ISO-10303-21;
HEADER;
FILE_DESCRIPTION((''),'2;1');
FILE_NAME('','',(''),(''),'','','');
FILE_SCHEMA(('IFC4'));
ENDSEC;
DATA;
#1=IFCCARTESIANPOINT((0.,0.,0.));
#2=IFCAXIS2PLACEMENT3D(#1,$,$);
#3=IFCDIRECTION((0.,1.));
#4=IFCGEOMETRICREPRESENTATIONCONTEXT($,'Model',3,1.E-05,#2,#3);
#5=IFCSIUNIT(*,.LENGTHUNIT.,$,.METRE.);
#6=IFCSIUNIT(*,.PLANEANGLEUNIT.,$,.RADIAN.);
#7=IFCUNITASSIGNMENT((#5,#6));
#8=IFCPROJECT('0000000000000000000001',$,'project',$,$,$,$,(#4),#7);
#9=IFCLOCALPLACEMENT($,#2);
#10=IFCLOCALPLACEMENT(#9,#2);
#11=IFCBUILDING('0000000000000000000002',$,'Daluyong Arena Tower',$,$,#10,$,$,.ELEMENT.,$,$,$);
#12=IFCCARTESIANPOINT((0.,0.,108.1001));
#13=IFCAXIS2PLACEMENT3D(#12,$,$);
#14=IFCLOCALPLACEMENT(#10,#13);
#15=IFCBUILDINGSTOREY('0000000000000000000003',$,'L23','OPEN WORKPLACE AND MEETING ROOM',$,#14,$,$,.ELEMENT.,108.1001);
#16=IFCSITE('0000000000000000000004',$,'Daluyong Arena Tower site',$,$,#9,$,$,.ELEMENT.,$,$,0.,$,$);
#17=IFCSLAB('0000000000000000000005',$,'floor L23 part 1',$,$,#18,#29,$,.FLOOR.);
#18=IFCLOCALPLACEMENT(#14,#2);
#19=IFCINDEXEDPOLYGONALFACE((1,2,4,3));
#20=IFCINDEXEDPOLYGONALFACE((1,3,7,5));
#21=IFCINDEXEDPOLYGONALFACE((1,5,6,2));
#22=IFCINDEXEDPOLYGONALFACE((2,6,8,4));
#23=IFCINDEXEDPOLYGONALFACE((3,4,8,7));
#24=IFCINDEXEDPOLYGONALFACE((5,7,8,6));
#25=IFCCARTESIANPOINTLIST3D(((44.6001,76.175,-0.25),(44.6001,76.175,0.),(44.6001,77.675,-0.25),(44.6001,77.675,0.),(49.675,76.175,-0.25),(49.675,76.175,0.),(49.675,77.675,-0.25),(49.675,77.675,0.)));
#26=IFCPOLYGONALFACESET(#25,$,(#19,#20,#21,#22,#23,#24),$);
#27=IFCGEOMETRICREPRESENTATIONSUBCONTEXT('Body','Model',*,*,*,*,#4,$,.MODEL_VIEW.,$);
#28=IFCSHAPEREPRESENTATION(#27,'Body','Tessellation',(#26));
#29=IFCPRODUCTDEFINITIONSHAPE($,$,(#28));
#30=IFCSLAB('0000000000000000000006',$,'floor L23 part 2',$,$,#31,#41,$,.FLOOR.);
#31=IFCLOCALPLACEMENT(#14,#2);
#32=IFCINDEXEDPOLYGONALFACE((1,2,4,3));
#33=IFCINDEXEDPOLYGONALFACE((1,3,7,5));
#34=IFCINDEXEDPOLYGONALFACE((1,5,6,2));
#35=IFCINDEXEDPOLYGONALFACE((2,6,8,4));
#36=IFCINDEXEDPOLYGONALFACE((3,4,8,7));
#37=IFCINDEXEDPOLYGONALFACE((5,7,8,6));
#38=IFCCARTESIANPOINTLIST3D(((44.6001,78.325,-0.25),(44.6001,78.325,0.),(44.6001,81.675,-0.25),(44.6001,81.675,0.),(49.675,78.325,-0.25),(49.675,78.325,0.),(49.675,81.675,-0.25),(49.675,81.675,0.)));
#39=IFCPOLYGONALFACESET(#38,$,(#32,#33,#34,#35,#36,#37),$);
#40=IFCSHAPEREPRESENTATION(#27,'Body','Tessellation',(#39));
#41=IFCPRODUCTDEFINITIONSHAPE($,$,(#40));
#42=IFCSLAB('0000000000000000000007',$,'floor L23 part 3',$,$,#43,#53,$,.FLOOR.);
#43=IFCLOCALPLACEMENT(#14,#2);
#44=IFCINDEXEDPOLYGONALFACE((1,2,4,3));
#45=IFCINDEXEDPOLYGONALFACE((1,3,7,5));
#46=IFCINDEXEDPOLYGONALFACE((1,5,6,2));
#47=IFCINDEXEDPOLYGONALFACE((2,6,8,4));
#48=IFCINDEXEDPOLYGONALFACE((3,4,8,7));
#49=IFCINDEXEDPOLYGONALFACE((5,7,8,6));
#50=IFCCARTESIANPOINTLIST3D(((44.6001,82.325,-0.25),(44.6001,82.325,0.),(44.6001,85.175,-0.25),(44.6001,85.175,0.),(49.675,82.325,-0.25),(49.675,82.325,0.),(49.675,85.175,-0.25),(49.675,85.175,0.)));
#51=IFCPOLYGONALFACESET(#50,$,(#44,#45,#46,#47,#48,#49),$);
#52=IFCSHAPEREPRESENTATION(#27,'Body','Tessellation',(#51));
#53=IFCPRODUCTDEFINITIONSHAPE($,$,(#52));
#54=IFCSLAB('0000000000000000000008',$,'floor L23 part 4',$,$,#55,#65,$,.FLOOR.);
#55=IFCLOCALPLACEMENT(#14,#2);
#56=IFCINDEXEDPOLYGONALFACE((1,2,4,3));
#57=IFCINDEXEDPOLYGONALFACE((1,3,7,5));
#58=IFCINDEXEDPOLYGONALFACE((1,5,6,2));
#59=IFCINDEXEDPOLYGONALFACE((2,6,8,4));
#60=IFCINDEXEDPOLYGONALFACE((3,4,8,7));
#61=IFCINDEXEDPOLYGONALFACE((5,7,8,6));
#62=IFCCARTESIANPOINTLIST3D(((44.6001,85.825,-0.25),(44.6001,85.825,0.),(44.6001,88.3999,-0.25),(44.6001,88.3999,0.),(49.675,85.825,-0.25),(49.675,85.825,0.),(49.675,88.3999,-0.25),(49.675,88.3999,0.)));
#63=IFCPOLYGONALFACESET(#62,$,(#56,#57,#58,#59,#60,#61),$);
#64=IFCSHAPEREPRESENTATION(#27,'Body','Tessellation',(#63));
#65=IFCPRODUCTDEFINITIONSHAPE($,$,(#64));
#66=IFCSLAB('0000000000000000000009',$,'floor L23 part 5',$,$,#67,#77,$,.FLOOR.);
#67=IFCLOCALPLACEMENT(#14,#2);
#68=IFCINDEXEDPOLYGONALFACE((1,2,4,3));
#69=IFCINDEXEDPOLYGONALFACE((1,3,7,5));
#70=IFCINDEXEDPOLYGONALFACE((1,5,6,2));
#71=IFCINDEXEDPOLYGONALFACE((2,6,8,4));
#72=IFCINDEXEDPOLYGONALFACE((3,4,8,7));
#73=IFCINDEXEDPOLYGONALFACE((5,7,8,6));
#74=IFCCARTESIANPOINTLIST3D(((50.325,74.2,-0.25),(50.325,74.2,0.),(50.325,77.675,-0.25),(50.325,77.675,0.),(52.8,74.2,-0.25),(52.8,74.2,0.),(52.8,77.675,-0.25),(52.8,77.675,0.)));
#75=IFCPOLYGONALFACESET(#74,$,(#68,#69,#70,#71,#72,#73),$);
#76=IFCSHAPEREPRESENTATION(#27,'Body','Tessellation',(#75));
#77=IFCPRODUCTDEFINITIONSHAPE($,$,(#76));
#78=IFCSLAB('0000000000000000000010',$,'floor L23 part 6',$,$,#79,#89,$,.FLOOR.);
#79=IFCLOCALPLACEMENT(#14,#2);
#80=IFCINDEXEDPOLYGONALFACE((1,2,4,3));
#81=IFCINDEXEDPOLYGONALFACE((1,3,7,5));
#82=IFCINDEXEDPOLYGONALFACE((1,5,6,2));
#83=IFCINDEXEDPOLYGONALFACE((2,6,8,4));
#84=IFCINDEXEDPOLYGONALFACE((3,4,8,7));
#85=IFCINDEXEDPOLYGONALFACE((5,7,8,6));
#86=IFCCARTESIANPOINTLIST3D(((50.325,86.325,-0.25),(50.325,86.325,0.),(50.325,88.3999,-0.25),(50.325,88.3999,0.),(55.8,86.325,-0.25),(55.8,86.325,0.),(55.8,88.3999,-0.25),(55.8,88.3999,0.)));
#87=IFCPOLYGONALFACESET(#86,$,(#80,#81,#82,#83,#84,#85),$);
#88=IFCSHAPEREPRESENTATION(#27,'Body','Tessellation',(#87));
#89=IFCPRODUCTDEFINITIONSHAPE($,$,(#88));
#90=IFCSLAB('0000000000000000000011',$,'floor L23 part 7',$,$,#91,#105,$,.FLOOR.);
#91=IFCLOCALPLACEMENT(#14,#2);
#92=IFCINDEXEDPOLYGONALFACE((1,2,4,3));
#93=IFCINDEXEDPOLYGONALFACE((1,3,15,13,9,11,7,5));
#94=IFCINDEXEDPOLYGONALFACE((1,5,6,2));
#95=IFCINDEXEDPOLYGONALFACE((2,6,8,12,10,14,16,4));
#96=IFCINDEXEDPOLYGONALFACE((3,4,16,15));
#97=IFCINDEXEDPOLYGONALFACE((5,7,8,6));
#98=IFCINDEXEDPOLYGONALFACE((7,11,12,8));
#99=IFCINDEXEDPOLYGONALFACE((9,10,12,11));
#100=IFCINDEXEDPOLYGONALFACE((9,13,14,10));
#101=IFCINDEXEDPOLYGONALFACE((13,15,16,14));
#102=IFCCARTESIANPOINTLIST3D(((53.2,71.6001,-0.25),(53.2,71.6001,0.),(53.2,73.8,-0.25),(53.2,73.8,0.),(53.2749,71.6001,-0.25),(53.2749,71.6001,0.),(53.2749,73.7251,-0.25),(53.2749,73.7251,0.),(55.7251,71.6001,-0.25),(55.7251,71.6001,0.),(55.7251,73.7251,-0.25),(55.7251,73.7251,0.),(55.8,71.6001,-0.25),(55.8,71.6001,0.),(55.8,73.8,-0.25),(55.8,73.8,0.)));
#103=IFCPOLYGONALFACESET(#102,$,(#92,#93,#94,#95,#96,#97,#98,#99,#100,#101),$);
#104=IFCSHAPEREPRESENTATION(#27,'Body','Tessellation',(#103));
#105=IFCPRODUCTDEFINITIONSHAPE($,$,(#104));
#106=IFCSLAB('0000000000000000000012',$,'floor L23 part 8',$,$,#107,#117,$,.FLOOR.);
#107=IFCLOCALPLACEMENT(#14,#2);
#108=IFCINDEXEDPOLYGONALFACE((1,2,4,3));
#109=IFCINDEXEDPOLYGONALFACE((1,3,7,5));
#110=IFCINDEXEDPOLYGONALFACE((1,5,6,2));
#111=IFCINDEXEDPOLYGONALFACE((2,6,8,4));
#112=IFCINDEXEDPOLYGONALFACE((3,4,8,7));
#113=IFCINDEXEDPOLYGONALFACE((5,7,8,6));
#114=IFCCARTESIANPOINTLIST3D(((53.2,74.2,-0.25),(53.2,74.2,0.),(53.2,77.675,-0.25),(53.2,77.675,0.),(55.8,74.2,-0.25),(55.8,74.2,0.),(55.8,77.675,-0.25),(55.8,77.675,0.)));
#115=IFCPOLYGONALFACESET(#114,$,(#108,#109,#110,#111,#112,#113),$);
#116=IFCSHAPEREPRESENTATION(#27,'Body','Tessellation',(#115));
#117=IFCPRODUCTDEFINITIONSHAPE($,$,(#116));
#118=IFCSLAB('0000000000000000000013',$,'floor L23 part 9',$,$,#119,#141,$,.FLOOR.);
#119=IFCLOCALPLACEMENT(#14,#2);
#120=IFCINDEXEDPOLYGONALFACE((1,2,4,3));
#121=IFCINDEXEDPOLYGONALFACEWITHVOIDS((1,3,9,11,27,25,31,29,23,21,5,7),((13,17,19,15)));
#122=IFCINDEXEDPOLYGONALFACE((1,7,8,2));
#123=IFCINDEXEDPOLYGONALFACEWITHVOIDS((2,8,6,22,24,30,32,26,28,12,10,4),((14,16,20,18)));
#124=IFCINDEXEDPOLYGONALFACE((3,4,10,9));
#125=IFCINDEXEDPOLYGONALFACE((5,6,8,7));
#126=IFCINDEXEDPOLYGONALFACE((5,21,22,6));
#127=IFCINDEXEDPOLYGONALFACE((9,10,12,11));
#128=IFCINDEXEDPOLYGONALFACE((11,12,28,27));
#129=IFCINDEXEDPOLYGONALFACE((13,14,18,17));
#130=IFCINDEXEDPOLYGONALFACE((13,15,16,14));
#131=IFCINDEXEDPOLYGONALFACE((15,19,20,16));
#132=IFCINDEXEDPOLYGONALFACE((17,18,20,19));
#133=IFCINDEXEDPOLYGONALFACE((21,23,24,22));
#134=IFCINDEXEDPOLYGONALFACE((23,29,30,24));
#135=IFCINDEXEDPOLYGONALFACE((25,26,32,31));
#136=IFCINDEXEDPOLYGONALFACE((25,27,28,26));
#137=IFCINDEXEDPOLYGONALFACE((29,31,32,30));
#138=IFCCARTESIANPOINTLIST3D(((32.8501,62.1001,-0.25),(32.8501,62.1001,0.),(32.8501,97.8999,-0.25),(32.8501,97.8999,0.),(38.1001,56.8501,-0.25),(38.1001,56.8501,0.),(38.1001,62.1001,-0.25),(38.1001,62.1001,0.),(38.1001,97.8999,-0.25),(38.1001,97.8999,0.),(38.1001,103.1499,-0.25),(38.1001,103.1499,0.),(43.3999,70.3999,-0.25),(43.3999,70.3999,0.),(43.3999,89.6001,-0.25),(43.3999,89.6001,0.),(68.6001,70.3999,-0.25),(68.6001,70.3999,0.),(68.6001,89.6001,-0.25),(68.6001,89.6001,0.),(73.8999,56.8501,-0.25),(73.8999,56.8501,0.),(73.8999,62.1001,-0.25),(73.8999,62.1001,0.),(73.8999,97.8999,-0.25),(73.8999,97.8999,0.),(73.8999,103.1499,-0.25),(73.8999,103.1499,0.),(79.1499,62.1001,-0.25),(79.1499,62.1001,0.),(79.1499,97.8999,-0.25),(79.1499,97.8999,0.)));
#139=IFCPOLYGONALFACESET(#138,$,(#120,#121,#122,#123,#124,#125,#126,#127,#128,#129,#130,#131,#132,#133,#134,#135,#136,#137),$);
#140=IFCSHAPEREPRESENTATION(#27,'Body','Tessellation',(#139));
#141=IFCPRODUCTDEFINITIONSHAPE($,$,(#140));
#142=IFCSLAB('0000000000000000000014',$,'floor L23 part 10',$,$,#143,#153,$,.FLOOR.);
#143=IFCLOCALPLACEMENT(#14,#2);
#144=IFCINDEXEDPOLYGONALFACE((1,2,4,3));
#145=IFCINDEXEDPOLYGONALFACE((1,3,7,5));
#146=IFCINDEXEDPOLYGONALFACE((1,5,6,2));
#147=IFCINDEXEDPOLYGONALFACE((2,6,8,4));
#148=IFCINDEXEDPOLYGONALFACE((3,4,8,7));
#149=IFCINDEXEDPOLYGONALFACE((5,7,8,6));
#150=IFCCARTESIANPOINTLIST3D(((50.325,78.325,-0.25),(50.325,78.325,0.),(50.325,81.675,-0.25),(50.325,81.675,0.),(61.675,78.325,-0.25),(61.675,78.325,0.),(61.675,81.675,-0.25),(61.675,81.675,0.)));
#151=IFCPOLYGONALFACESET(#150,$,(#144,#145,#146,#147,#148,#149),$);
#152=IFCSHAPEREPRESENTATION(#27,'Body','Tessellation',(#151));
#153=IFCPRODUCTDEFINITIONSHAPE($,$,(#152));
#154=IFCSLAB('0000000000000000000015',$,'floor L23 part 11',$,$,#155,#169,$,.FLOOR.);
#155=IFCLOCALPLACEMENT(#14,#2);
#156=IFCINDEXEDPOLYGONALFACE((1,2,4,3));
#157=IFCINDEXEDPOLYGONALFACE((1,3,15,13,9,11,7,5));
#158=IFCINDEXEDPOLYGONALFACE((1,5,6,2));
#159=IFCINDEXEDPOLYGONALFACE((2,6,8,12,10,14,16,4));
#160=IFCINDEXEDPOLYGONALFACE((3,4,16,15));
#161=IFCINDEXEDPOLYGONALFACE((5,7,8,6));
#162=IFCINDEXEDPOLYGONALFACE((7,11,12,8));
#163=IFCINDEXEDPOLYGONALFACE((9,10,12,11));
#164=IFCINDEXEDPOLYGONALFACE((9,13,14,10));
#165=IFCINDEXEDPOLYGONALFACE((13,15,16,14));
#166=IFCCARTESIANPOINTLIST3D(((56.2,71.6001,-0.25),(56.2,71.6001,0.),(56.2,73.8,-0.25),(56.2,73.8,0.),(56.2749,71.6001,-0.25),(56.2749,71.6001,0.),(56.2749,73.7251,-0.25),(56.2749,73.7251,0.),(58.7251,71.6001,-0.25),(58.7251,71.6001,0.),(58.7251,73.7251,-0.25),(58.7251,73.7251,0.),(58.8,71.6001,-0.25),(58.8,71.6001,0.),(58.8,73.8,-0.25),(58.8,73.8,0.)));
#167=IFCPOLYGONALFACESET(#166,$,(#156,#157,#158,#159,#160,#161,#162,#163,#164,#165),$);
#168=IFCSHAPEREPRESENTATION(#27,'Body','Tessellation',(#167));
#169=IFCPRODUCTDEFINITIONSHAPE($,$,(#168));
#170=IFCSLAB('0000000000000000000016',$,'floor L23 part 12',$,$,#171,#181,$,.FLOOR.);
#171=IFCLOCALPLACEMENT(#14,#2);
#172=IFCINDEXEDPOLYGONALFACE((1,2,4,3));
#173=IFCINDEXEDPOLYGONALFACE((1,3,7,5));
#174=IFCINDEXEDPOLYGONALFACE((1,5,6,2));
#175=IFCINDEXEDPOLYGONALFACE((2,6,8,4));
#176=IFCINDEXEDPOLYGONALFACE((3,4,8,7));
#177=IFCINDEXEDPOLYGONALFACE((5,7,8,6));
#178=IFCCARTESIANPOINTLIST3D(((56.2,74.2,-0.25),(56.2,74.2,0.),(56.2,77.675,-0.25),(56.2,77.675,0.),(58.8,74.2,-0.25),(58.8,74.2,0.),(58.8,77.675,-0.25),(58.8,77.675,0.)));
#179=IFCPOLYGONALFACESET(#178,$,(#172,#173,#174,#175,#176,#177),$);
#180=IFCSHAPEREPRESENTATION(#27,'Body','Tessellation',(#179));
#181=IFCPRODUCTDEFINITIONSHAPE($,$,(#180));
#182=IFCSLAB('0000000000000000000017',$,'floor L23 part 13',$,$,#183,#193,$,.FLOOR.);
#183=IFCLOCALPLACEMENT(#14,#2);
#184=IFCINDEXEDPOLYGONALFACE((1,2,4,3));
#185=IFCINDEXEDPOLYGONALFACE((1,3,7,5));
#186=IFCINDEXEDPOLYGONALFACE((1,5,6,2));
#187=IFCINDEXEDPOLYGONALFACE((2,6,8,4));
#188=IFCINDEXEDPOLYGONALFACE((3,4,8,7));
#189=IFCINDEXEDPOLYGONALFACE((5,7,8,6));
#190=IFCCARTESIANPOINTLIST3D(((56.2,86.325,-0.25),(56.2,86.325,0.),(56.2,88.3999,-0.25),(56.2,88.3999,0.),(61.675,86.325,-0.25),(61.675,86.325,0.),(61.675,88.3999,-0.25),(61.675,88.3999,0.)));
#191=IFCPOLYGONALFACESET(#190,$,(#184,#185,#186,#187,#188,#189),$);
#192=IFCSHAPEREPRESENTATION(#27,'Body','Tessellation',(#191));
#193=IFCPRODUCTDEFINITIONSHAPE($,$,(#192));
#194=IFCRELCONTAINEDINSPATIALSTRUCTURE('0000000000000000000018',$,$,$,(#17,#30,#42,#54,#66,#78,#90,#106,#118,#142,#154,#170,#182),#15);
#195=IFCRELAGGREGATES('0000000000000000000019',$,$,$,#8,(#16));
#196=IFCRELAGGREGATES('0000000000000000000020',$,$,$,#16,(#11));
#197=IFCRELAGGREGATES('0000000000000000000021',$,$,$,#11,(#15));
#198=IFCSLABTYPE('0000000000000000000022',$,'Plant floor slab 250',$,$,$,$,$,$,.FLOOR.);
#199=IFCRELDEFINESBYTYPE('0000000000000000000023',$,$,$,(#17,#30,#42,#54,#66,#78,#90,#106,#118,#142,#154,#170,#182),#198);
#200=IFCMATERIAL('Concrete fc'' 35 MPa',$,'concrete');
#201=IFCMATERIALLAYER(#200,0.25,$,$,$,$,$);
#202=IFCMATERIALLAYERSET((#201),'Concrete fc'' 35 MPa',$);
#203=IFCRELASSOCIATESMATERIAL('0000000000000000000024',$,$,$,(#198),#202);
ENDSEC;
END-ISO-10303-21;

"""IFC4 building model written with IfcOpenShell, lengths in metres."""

from ifc_helpers import new_model, si_unit, direction, frame, origin, place, context, subcontext, project, spatial, polyline, outline, extrude, material, layer, layer_set, type_object, element, save


model = new_model("IFC4")

# Units and contexts
model_context = context("Model", 3, precision=1e-05, world=origin(), true_north=direction((0.0, 1.0)))
body_context = subcontext(model_context, "Body", "Model", "MODEL_VIEW")
ifc_project = project(units=[si_unit("LENGTHUNIT", "METRE"), si_unit("PLANEANGLEUNIT", "RADIAN")], contexts=[model_context])

# Site, building, storey
site_placement = place(None, origin())
site = spatial("IfcSite", under=ifc_project, at=site_placement, Name="Daluyong Arena Tower site", CompositionType="ELEMENT", RefElevation=0.0)
building_placement = place(site_placement, origin())
building = spatial("IfcBuilding", under=site, at=building_placement, Name="Daluyong Arena Tower", CompositionType="ELEMENT")
storey_placement = place(building_placement, frame((0.0, 0.0, 108.1001)))
storey = spatial("IfcBuildingStorey", under=building, at=storey_placement, Name="L23", Description="OPEN WORKPLACE AND MEETING ROOM", CompositionType="ELEMENT", Elevation=108.1001)

# Slabs
ifc_material_1 = material(Name="Concrete fc' 35 MPa", Category="concrete")
ifc_layer_1 = layer(ifc_material_1, 0.25)
ifc_layer_set_1 = layer_set([ifc_layer_1], Name="Concrete fc' 35 MPa")
slab_type_1 = type_object("IfcSlabType", Name="Plant floor slab 250", PredefinedType="FLOOR", material=ifc_layer_set_1)
slab_1_placement = place(storey_placement, frame((0.0, 0.0, -0.25)))
element("IfcSlab", 1, at=slab_1_placement, inside=storey, type_object=slab_type_1, Name="floor L23 part 1", PredefinedType="FLOOR", context=body_context, shape_type="SweptSolid", body=[
    extrude(outline(polyline([(49.675, 76.175), (49.675, 77.675), (44.6001, 77.675), (44.6001, 76.175), (49.675, 76.175)])), origin(), (0.0, 0.0, 1.0), 0.25),
])
slab_2_placement = place(storey_placement, frame((0.0, 0.0, -0.25)))
element("IfcSlab", 2, at=slab_2_placement, inside=storey, type_object=slab_type_1, Name="floor L23 part 2", PredefinedType="FLOOR", context=body_context, shape_type="SweptSolid", body=[
    extrude(outline(polyline([(44.6001, 78.325), (49.675, 78.325), (49.675, 81.675), (44.6001, 81.675), (44.6001, 78.325)])), origin(), (0.0, 0.0, 1.0), 0.25),
])
slab_3_placement = place(storey_placement, frame((0.0, 0.0, -0.25)))
element("IfcSlab", 3, at=slab_3_placement, inside=storey, type_object=slab_type_1, Name="floor L23 part 3", PredefinedType="FLOOR", context=body_context, shape_type="SweptSolid", body=[
    extrude(outline(polyline([(44.6001, 82.325), (49.675, 82.325), (49.675, 85.175), (44.6001, 85.175), (44.6001, 82.325)])), origin(), (0.0, 0.0, 1.0), 0.25),
])
slab_4_placement = place(storey_placement, frame((0.0, 0.0, -0.25)))
element("IfcSlab", 4, at=slab_4_placement, inside=storey, type_object=slab_type_1, Name="floor L23 part 4", PredefinedType="FLOOR", context=body_context, shape_type="SweptSolid", body=[
    extrude(outline(polyline([(49.675, 88.3999), (44.6001, 88.3999), (44.6001, 85.825), (49.675, 85.825), (49.675, 88.3999)])), origin(), (0.0, 0.0, 1.0), 0.25),
])
slab_5_placement = place(storey_placement, frame((0.0, 0.0, -0.25)))
element("IfcSlab", 5, at=slab_5_placement, inside=storey, type_object=slab_type_1, Name="floor L23 part 5", PredefinedType="FLOOR", context=body_context, shape_type="SweptSolid", body=[
    extrude(outline(polyline([(52.8, 77.675), (50.325, 77.675), (50.325, 74.2), (52.8, 74.2), (52.8, 77.675)])), origin(), (0.0, 0.0, 1.0), 0.25),
])
slab_6_placement = place(storey_placement, frame((0.0, 0.0, -0.25)))
element("IfcSlab", 6, at=slab_6_placement, inside=storey, type_object=slab_type_1, Name="floor L23 part 6", PredefinedType="FLOOR", context=body_context, shape_type="SweptSolid", body=[
    extrude(outline(polyline([(55.8, 88.3999), (50.325, 88.3999), (50.325, 86.325), (55.8, 86.325), (55.8, 88.3999)])), origin(), (0.0, 0.0, 1.0), 0.25),
])
slab_7_placement = place(storey_placement, frame((0.0, 0.0, -0.25)))
element("IfcSlab", 7, at=slab_7_placement, inside=storey, type_object=slab_type_1, Name="floor L23 part 7", PredefinedType="FLOOR", context=body_context, shape_type="SweptSolid", body=[
    extrude(outline(polyline([(55.7251, 73.7251), (55.7251, 71.6001), (55.8, 71.6001), (55.8, 73.8), (53.2, 73.8), (53.2, 71.6001), (53.2749, 71.6001), (53.2749, 73.7251), (55.7251, 73.7251)])), origin(), (0.0, 0.0, 1.0), 0.25),
])
slab_8_placement = place(storey_placement, frame((0.0, 0.0, -0.25)))
element("IfcSlab", 8, at=slab_8_placement, inside=storey, type_object=slab_type_1, Name="floor L23 part 8", PredefinedType="FLOOR", context=body_context, shape_type="SweptSolid", body=[
    extrude(outline(polyline([(55.8, 77.675), (53.2, 77.675), (53.2, 74.2), (55.8, 74.2), (55.8, 77.675)])), origin(), (0.0, 0.0, 1.0), 0.25),
])
slab_9_placement = place(storey_placement, frame((0.0, 0.0, -0.25)))
element("IfcSlab", 9, at=slab_9_placement, inside=storey, type_object=slab_type_1, Name="floor L23 part 9", PredefinedType="FLOOR", context=body_context, shape_type="SweptSolid", body=[
    extrude(outline(polyline([(38.1001, 62.1001), (38.1001, 56.8501), (73.8999, 56.8501), (73.8999, 62.1001), (79.1499, 62.1001), (79.1499, 97.8999), (73.8999, 97.8999), (73.8999, 103.1499), (38.1001, 103.1499), (38.1001, 97.8999), (32.8501, 97.8999), (32.8501, 62.1001), (38.1001, 62.1001)]), holes=[polyline([(68.6001, 89.6001), (68.6001, 70.3999), (43.3999, 70.3999), (43.3999, 89.6001), (68.6001, 89.6001)])]), origin(), (0.0, 0.0, 1.0), 0.25),
])
slab_10_placement = place(storey_placement, frame((0.0, 0.0, -0.25)))
element("IfcSlab", 10, at=slab_10_placement, inside=storey, type_object=slab_type_1, Name="floor L23 part 10", PredefinedType="FLOOR", context=body_context, shape_type="SweptSolid", body=[
    extrude(outline(polyline([(61.675, 78.325), (61.675, 81.675), (50.325, 81.675), (50.325, 78.325), (61.675, 78.325)])), origin(), (0.0, 0.0, 1.0), 0.25),
])
slab_11_placement = place(storey_placement, frame((0.0, 0.0, -0.25)))
element("IfcSlab", 11, at=slab_11_placement, inside=storey, type_object=slab_type_1, Name="floor L23 part 11", PredefinedType="FLOOR", context=body_context, shape_type="SweptSolid", body=[
    extrude(outline(polyline([(58.8, 71.6001), (58.8, 73.8), (56.2, 73.8), (56.2, 71.6001), (56.2749, 71.6001), (56.2749, 73.7251), (58.7251, 73.7251), (58.7251, 71.6001), (58.8, 71.6001)])), origin(), (0.0, 0.0, 1.0), 0.25),
])
slab_12_placement = place(storey_placement, frame((0.0, 0.0, -0.25)))
element("IfcSlab", 12, at=slab_12_placement, inside=storey, type_object=slab_type_1, Name="floor L23 part 12", PredefinedType="FLOOR", context=body_context, shape_type="SweptSolid", body=[
    extrude(outline(polyline([(58.8, 77.675), (56.2, 77.675), (56.2, 74.2), (58.8, 74.2), (58.8, 77.675)])), origin(), (0.0, 0.0, 1.0), 0.25),
])
slab_13_placement = place(storey_placement, frame((0.0, 0.0, -0.25)))
element("IfcSlab", 13, at=slab_13_placement, inside=storey, type_object=slab_type_1, Name="floor L23 part 13", PredefinedType="FLOOR", context=body_context, shape_type="SweptSolid", body=[
    extrude(outline(polyline([(56.2, 88.3999), (56.2, 86.325), (61.675, 86.325), (61.675, 88.3999), (56.2, 88.3999)])), origin(), (0.0, 0.0, 1.0), 0.25),
])

save(model, "model.ifc")
